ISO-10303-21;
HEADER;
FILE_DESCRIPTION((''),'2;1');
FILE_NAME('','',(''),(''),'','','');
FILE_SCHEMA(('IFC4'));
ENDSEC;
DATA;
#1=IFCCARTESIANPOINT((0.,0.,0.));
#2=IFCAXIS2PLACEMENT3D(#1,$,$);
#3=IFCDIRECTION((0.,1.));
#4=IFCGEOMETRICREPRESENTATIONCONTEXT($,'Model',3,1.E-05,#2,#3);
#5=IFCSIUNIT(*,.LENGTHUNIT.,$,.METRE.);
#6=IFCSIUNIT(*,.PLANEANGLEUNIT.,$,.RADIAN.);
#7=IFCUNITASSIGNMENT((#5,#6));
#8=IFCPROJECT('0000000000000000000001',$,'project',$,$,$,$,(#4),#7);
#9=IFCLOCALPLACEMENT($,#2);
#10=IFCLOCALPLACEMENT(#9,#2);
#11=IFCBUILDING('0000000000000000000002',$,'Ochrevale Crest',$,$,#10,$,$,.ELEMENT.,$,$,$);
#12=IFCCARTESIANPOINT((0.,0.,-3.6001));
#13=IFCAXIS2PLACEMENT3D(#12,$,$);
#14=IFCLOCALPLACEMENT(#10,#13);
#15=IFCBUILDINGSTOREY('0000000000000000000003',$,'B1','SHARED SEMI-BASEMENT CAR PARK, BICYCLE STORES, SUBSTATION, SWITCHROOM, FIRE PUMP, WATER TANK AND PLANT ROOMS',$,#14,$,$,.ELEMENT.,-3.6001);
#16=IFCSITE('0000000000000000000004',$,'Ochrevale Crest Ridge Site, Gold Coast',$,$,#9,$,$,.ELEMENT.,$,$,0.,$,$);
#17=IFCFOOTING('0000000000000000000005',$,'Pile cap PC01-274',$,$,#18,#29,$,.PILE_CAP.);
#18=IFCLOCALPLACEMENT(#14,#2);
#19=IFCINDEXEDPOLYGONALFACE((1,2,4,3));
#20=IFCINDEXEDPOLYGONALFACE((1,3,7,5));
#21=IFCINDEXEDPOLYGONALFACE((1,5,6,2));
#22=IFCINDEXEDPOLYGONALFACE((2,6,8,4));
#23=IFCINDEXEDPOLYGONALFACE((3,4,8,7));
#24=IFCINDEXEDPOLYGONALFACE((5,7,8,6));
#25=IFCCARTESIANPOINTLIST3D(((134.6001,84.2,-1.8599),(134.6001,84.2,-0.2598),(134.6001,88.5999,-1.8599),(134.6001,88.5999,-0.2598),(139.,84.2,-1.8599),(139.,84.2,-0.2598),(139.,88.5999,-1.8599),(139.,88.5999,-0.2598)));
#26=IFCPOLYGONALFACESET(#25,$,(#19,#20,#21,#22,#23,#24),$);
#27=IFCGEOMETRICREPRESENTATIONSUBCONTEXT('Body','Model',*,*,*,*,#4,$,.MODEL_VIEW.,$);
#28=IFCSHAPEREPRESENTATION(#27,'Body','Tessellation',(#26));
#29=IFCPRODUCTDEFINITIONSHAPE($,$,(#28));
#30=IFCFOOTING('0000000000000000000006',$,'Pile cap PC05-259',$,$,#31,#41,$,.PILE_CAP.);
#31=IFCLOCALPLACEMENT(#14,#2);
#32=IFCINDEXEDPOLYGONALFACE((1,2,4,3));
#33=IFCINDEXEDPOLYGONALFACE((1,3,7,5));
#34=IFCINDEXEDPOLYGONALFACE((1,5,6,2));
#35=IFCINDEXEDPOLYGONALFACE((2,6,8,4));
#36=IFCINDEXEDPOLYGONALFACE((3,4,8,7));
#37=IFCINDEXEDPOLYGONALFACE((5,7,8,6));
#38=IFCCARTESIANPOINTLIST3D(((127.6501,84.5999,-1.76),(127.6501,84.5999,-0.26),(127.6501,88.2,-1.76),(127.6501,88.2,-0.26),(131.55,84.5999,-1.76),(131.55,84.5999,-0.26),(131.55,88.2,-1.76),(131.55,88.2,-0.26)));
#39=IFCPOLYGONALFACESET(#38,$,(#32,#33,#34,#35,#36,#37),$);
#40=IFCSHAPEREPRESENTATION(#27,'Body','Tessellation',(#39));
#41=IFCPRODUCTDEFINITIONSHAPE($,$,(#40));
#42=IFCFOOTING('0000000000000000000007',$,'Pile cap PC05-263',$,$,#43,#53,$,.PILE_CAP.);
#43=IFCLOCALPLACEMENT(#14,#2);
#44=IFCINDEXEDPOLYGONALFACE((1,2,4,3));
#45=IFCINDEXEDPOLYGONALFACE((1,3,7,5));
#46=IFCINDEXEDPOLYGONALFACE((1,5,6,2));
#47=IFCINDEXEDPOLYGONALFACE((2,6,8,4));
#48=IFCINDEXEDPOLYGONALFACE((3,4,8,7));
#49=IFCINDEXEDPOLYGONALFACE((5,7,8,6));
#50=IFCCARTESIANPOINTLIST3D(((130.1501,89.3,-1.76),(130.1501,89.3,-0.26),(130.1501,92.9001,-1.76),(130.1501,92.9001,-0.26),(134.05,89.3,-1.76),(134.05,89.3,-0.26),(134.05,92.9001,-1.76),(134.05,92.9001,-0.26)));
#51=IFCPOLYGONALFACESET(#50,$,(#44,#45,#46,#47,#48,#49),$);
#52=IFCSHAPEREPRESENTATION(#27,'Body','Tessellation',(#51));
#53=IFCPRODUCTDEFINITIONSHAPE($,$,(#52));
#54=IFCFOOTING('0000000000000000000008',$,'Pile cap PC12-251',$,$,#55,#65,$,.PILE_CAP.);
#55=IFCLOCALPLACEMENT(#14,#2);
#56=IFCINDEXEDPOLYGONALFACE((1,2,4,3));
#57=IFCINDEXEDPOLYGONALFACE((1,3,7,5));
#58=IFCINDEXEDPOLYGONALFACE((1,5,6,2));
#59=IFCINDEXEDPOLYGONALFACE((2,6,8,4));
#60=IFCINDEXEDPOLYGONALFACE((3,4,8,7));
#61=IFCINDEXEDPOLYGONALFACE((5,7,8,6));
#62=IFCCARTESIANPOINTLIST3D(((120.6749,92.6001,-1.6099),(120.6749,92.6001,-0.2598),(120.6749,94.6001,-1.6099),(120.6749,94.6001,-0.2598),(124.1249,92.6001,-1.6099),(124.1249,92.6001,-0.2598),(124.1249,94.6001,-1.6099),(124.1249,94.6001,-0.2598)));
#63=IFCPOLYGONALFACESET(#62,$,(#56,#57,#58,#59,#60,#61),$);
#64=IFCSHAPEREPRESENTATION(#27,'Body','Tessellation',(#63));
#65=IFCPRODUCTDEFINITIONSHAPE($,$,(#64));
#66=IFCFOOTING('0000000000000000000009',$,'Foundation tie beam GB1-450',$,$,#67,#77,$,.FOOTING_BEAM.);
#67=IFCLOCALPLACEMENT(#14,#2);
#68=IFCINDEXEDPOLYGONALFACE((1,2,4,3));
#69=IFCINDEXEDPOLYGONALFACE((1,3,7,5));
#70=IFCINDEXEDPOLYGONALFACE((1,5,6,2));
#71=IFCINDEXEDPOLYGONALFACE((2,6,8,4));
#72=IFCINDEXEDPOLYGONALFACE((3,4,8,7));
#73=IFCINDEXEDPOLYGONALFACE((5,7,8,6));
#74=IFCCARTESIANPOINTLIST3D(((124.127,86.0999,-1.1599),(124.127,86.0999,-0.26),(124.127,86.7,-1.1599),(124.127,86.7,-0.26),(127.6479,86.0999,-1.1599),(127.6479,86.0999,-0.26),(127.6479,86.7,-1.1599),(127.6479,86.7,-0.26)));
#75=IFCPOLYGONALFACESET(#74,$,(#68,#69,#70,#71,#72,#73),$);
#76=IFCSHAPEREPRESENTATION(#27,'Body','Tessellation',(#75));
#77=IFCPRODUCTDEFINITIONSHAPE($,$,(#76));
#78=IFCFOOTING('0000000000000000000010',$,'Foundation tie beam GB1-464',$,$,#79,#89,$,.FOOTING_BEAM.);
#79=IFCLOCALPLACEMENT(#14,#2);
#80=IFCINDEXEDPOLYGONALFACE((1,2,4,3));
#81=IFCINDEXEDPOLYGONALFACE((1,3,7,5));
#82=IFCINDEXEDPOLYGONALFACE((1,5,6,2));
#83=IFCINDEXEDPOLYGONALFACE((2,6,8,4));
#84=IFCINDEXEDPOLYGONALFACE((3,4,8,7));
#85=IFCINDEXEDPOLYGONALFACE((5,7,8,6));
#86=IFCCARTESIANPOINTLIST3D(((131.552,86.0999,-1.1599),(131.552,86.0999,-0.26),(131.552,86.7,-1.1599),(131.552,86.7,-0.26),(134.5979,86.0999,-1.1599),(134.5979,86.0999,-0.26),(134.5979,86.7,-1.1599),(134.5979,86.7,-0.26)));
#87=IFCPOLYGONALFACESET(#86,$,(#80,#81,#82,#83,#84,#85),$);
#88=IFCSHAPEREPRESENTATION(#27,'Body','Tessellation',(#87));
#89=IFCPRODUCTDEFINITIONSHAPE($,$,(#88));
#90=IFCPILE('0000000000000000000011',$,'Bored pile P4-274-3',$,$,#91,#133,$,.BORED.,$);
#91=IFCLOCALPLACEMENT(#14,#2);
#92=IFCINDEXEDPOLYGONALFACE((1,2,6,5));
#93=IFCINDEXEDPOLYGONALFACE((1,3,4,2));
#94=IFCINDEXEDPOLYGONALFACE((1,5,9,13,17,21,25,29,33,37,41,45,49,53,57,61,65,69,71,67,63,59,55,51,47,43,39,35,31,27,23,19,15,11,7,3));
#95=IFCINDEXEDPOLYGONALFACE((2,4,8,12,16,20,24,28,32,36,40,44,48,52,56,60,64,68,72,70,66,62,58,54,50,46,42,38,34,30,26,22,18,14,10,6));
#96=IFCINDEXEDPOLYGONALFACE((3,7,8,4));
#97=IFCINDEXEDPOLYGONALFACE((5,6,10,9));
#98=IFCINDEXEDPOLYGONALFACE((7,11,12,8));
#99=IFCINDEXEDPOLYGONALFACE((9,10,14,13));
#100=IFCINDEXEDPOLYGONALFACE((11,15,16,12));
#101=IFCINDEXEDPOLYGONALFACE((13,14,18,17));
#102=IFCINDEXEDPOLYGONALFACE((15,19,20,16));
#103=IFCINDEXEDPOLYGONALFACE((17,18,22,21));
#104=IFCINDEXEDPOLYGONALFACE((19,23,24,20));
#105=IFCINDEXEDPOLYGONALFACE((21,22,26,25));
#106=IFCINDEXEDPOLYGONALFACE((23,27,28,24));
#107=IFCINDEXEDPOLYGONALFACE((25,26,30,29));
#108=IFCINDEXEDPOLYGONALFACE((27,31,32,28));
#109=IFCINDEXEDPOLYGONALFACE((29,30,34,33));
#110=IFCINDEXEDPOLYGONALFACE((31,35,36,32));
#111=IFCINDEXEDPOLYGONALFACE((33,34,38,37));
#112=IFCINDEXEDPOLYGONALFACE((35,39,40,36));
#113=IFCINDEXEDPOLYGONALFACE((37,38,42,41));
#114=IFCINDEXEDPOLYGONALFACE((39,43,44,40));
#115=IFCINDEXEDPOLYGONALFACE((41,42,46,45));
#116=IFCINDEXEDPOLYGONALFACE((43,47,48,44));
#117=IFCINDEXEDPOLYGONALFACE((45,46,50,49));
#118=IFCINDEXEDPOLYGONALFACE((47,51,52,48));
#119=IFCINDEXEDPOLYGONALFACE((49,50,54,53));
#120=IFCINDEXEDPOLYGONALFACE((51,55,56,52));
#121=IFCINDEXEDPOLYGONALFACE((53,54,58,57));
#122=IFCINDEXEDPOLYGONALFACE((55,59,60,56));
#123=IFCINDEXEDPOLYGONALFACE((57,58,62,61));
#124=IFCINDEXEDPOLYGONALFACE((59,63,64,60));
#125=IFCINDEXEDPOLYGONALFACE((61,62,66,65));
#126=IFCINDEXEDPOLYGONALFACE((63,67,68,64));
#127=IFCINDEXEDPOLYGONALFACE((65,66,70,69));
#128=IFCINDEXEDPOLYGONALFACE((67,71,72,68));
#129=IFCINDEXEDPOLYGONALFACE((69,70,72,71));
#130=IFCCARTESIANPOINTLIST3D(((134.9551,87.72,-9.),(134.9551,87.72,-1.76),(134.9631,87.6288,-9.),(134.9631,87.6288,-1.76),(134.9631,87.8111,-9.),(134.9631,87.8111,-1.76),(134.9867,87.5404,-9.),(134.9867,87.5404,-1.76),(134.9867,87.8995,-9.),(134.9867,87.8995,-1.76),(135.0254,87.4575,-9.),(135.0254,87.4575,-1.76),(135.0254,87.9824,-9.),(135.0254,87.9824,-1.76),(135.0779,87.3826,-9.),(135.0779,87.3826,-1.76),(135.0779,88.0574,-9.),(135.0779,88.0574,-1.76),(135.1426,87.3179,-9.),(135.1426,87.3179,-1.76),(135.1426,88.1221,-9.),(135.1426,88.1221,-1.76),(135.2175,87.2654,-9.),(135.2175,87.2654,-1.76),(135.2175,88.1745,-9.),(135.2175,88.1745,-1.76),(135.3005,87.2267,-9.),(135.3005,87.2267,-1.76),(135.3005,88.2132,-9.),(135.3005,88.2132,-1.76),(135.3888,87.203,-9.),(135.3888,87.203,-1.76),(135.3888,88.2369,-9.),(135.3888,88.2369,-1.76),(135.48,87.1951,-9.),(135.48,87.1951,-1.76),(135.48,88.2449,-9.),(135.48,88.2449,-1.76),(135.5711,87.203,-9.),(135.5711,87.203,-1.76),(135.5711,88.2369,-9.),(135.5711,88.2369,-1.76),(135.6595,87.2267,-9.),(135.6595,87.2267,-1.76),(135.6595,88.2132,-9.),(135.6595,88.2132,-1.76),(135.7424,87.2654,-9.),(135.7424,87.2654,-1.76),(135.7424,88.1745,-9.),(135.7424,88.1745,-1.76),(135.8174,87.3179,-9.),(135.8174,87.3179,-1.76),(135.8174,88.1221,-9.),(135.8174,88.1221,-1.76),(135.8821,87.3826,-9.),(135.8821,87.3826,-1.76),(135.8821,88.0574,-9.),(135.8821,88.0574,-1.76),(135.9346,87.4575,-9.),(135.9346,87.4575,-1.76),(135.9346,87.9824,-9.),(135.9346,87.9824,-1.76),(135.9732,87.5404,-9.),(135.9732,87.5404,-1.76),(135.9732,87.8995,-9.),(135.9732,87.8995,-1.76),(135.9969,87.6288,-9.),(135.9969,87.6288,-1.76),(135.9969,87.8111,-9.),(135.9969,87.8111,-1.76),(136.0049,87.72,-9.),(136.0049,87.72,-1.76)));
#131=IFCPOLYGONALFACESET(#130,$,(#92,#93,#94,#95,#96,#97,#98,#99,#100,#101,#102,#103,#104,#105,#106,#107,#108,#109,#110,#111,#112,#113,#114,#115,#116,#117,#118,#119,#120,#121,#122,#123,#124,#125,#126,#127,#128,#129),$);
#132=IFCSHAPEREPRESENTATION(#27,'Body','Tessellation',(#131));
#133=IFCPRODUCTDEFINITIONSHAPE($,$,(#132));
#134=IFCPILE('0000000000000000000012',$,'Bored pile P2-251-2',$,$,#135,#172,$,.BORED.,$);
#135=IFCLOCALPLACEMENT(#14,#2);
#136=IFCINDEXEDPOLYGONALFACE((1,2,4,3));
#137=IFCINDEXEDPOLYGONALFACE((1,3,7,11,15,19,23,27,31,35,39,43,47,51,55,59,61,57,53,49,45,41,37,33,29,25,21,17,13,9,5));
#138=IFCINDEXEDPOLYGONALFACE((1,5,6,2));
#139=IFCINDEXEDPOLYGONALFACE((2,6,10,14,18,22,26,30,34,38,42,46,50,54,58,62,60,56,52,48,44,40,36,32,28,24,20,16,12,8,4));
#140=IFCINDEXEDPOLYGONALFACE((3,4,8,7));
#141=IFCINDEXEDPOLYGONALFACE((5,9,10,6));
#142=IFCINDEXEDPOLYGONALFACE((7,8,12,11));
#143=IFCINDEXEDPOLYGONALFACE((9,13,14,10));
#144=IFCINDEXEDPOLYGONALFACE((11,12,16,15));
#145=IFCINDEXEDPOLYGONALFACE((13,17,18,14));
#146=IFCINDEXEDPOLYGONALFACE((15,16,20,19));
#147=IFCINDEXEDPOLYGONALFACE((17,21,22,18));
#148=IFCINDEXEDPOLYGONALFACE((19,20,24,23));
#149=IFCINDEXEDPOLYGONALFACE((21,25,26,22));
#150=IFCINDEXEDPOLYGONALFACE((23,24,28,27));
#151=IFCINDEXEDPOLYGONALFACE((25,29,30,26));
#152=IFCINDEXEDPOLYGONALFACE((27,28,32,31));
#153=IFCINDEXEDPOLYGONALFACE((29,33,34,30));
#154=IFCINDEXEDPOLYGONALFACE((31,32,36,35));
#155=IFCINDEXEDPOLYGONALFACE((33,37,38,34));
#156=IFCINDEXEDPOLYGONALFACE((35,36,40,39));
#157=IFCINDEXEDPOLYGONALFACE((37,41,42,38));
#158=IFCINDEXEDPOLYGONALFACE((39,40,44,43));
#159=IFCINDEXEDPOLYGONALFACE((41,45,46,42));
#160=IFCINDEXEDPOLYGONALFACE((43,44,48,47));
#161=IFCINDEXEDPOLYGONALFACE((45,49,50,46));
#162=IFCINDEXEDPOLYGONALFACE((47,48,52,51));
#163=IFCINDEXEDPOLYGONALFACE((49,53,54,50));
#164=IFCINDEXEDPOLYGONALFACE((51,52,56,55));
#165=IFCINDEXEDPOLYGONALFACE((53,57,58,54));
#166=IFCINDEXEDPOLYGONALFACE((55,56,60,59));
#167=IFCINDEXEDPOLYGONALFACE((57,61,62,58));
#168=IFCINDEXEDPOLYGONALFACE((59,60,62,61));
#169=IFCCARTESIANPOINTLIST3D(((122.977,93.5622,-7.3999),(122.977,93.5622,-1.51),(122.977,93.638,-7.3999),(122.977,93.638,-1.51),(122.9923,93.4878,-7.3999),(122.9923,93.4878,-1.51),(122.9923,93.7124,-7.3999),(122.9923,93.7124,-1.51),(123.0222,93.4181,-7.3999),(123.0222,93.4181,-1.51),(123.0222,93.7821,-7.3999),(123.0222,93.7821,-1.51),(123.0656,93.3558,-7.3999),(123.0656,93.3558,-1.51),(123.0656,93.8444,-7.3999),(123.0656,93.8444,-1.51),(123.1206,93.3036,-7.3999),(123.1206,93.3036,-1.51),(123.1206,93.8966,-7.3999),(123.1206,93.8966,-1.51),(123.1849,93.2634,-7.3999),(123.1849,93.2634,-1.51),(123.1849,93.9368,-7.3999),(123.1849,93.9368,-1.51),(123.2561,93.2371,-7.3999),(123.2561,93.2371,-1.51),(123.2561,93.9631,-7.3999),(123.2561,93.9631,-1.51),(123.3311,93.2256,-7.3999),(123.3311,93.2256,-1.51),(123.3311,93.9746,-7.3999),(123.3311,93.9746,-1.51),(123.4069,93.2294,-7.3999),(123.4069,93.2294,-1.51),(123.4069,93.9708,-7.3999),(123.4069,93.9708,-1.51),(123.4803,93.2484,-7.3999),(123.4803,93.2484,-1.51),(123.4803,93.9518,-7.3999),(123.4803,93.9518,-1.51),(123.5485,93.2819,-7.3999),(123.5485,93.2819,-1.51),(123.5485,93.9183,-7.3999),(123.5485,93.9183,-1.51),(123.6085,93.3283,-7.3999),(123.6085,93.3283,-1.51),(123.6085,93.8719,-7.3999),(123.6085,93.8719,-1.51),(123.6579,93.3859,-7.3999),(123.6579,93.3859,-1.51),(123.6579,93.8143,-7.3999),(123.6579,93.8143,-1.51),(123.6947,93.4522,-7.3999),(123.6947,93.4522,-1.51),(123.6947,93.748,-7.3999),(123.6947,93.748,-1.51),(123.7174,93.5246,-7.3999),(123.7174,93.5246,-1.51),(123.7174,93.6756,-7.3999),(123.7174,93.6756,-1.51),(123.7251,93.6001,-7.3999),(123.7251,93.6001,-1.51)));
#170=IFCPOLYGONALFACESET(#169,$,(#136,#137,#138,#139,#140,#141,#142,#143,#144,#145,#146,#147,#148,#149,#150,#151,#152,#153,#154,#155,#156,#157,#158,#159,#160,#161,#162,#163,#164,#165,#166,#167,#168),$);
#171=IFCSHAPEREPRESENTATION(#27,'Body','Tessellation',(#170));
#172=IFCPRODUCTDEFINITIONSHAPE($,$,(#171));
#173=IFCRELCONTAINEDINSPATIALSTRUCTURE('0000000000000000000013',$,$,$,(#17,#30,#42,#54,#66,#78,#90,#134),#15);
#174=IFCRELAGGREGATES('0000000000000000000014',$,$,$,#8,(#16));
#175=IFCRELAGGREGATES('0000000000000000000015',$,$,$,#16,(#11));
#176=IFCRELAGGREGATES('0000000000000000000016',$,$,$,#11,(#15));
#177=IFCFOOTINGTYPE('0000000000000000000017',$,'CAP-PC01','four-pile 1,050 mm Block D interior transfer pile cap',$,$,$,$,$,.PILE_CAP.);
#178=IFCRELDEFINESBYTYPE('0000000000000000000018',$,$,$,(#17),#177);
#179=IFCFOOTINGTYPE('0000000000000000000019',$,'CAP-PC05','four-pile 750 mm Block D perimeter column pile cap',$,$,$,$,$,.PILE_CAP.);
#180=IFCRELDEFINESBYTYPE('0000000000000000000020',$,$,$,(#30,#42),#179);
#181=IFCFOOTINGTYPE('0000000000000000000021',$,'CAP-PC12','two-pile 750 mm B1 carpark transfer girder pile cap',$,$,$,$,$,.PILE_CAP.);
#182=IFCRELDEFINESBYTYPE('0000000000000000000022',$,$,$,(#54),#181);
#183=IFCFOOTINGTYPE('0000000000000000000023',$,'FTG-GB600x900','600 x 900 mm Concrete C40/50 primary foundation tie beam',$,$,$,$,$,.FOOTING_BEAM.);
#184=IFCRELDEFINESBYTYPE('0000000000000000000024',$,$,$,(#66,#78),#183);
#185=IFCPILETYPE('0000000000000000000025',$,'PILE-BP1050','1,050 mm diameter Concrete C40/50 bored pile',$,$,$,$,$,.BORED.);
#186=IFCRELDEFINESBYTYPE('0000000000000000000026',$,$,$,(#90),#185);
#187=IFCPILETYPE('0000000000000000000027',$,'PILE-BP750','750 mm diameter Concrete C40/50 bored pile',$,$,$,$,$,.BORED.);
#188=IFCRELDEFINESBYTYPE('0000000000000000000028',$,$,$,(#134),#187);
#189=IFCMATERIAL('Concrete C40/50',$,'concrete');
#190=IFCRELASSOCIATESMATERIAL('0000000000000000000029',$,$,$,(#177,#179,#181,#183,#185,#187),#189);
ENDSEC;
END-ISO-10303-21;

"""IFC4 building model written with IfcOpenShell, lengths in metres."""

from ifc_helpers import new_model, si_unit, direction, frame, origin, origin_2d, place, context, subcontext, project, spatial, rectangle, circle, extrude, material, material_profile, profile_set, type_object, element, save


model = new_model("IFC4")

# Units and contexts
model_context = context("Model", 3, precision=1e-05, world=origin(), true_north=direction((0.0, 1.0)))
body_context = subcontext(model_context, "Body", "Model", "MODEL_VIEW")
ifc_project = project(units=[si_unit("LENGTHUNIT", "METRE"), si_unit("PLANEANGLEUNIT", "RADIAN")], contexts=[model_context])

# Site, building, storey
site_placement = place(None, origin())
site = spatial("IfcSite", under=ifc_project, at=site_placement, Name="Ochrevale Crest Ridge Site, Gold Coast", CompositionType="ELEMENT", RefElevation=0.0)
building_placement = place(site_placement, origin())
building = spatial("IfcBuilding", under=site, at=building_placement, Name="Ochrevale Crest", CompositionType="ELEMENT")
storey_placement = place(building_placement, frame((0.0, 0.0, -3.6001)))
storey = spatial("IfcBuildingStorey", under=building, at=storey_placement, Name="B1", Description="SHARED SEMI-BASEMENT CAR PARK, BICYCLE STORES, SUBSTATION, SWITCHROOM, FIRE PUMP, WATER TANK AND PLANT ROOMS", CompositionType="ELEMENT", Elevation=-3.6001)

# Footings
ifc_material_1 = material(Name="Concrete C40/50", Category="concrete")
footing_type_1 = type_object("IfcFootingType", Name="CAP-PC01", Description="four-pile 1,050 mm Block D interior transfer pile cap", PredefinedType="PILE_CAP", material=ifc_material_1)
footing_1_placement = place(storey_placement, frame((136.8, 86.3999, -1.8599), z_axis=(0.0, 0.0, 1.0), x_axis=(1.0, 0.0, 0.0)))
element("IfcFooting", 1, at=footing_1_placement, inside=storey, type_object=footing_type_1, Name="Pile cap PC01-274", PredefinedType="PILE_CAP", context=body_context, shape_type="SweptSolid", body=[
    extrude(rectangle(XDim=4.3999, YDim=4.3999, at=origin_2d()), origin(), (0.0, 0.0, 1.0), 1.6001),
])
footing_type_2 = type_object("IfcFootingType", Name="CAP-PC05", Description="four-pile 750 mm Block D perimeter column pile cap", PredefinedType="PILE_CAP", material=ifc_material_1)
for number, where, z_axis, x_axis, name in (
    (2, (129.6001, 86.3999, -1.76), (0.0, 0.0, 1.0), (1.0, 0.0, 0.0), "Pile cap PC05-259"),
    (3, (132.1001, 91.1001, -1.76), (0.0, 0.0, 1.0), (1.0, 0.0, 0.0), "Pile cap PC05-263"),
):
    element("IfcFooting", number, at=place(storey_placement, frame(where, z_axis=z_axis, x_axis=x_axis)), inside=storey, type_object=footing_type_2, Name=name, PredefinedType="PILE_CAP", context=body_context, shape_type="SweptSolid", body=[
        extrude(rectangle(XDim=3.8999, YDim=3.6001, at=origin_2d()), origin(), (0.0, 0.0, 1.0), 1.5),
    ])
footing_type_3 = type_object("IfcFootingType", Name="CAP-PC12", Description="two-pile 750 mm B1 carpark transfer girder pile cap", PredefinedType="PILE_CAP", material=ifc_material_1)
footing_2_placement = place(storey_placement, frame((122.3999, 93.6001, -1.6099), z_axis=(0.0, 0.0, 1.0), x_axis=(1.0, 0.0, 0.0)))
element("IfcFooting", 4, at=footing_2_placement, inside=storey, type_object=footing_type_3, Name="Pile cap PC12-251", PredefinedType="PILE_CAP", context=body_context, shape_type="SweptSolid", body=[
    extrude(rectangle(XDim=3.45, YDim=2.0, at=origin_2d()), origin(), (0.0, 0.0, 1.0), 1.3501),
])
ifc_material_profile_1 = material_profile(ifc_material_1, rectangle(XDim=0.6001, YDim=0.8999, at=origin_2d()), Name="GB 600x900")
ifc_profile_set_1 = profile_set([ifc_material_profile_1], Name="Concrete C40/50")
footing_type_4 = type_object("IfcFootingType", Name="FTG-GB600x900", Description="600 x 900 mm Concrete C40/50 primary foundation tie beam", PredefinedType="FOOTING_BEAM", material=ifc_profile_set_1)
footing_3_placement = place(storey_placement, frame((124.127, 86.3999, -0.71), z_axis=(1.0, 0.0, 0.0), x_axis=(0.0, 1.0, 0.0)))
element("IfcFooting", 5, at=footing_3_placement, inside=storey, type_object=footing_type_4, Name="Foundation tie beam GB1-450", PredefinedType="FOOTING_BEAM", context=body_context, shape_type="SweptSolid", body=[
    extrude(rectangle(XDim=0.6001, YDim=0.8999, at=origin_2d()), origin(), (0.0, 0.0, 1.0), 3.521),
])
footing_4_placement = place(storey_placement, frame((131.552, 86.3999, -0.71), z_axis=(1.0, 0.0, 0.0), x_axis=(0.0, 1.0, 0.0)))
element("IfcFooting", 6, at=footing_4_placement, inside=storey, type_object=footing_type_4, Name="Foundation tie beam GB1-464", PredefinedType="FOOTING_BEAM", context=body_context, shape_type="SweptSolid", body=[
    extrude(rectangle(XDim=0.6001, YDim=0.8999, at=origin_2d()), origin(), (0.0, 0.0, 1.0), 3.0459),
])

# Piles
ifc_material_profile_2 = material_profile(ifc_material_1, circle(Radius=0.5249, at=origin_2d()), Name="BORED PILE 1050")
ifc_profile_set_2 = profile_set([ifc_material_profile_2], Name="Concrete C40/50")
pile_type_1 = type_object("IfcPileType", Name="PILE-BP1050", Description="1,050 mm diameter Concrete C40/50 bored pile", PredefinedType="BORED", material=ifc_profile_set_2)
pile_1_placement = place(storey_placement, frame((135.48, 87.72, -1.76), z_axis=(0.0, 0.0, -1.0), x_axis=(1.0, 0.0, 0.0)))
element("IfcPile", 7, at=pile_1_placement, inside=storey, type_object=pile_type_1, Name="Bored pile P4-274-3", PredefinedType="BORED", context=body_context, shape_type="SweptSolid", body=[
    extrude(circle(Radius=0.5249, at=origin_2d()), origin(), (0.0, 0.0, 1.0), 7.24),
])
ifc_material_profile_3 = material_profile(ifc_material_1, circle(Radius=0.375, at=origin_2d()), Name="BORED PILE 750")
ifc_profile_set_3 = profile_set([ifc_material_profile_3], Name="Concrete C40/50")
pile_type_2 = type_object("IfcPileType", Name="PILE-BP750", Description="750 mm diameter Concrete C40/50 bored pile", PredefinedType="BORED", material=ifc_profile_set_3)
pile_2_placement = place(storey_placement, frame((123.3501, 93.6001, -1.51), z_axis=(0.0, 0.0, -1.0), x_axis=(1.0, 0.0, 0.0)))
element("IfcPile", 8, at=pile_2_placement, inside=storey, type_object=pile_type_2, Name="Bored pile P2-251-2", PredefinedType="BORED", context=body_context, shape_type="SweptSolid", body=[
    extrude(circle(Radius=0.375, at=origin_2d()), origin(), (0.0, 0.0, 1.0), 5.8899),
])

save(model, "model.ifc")
